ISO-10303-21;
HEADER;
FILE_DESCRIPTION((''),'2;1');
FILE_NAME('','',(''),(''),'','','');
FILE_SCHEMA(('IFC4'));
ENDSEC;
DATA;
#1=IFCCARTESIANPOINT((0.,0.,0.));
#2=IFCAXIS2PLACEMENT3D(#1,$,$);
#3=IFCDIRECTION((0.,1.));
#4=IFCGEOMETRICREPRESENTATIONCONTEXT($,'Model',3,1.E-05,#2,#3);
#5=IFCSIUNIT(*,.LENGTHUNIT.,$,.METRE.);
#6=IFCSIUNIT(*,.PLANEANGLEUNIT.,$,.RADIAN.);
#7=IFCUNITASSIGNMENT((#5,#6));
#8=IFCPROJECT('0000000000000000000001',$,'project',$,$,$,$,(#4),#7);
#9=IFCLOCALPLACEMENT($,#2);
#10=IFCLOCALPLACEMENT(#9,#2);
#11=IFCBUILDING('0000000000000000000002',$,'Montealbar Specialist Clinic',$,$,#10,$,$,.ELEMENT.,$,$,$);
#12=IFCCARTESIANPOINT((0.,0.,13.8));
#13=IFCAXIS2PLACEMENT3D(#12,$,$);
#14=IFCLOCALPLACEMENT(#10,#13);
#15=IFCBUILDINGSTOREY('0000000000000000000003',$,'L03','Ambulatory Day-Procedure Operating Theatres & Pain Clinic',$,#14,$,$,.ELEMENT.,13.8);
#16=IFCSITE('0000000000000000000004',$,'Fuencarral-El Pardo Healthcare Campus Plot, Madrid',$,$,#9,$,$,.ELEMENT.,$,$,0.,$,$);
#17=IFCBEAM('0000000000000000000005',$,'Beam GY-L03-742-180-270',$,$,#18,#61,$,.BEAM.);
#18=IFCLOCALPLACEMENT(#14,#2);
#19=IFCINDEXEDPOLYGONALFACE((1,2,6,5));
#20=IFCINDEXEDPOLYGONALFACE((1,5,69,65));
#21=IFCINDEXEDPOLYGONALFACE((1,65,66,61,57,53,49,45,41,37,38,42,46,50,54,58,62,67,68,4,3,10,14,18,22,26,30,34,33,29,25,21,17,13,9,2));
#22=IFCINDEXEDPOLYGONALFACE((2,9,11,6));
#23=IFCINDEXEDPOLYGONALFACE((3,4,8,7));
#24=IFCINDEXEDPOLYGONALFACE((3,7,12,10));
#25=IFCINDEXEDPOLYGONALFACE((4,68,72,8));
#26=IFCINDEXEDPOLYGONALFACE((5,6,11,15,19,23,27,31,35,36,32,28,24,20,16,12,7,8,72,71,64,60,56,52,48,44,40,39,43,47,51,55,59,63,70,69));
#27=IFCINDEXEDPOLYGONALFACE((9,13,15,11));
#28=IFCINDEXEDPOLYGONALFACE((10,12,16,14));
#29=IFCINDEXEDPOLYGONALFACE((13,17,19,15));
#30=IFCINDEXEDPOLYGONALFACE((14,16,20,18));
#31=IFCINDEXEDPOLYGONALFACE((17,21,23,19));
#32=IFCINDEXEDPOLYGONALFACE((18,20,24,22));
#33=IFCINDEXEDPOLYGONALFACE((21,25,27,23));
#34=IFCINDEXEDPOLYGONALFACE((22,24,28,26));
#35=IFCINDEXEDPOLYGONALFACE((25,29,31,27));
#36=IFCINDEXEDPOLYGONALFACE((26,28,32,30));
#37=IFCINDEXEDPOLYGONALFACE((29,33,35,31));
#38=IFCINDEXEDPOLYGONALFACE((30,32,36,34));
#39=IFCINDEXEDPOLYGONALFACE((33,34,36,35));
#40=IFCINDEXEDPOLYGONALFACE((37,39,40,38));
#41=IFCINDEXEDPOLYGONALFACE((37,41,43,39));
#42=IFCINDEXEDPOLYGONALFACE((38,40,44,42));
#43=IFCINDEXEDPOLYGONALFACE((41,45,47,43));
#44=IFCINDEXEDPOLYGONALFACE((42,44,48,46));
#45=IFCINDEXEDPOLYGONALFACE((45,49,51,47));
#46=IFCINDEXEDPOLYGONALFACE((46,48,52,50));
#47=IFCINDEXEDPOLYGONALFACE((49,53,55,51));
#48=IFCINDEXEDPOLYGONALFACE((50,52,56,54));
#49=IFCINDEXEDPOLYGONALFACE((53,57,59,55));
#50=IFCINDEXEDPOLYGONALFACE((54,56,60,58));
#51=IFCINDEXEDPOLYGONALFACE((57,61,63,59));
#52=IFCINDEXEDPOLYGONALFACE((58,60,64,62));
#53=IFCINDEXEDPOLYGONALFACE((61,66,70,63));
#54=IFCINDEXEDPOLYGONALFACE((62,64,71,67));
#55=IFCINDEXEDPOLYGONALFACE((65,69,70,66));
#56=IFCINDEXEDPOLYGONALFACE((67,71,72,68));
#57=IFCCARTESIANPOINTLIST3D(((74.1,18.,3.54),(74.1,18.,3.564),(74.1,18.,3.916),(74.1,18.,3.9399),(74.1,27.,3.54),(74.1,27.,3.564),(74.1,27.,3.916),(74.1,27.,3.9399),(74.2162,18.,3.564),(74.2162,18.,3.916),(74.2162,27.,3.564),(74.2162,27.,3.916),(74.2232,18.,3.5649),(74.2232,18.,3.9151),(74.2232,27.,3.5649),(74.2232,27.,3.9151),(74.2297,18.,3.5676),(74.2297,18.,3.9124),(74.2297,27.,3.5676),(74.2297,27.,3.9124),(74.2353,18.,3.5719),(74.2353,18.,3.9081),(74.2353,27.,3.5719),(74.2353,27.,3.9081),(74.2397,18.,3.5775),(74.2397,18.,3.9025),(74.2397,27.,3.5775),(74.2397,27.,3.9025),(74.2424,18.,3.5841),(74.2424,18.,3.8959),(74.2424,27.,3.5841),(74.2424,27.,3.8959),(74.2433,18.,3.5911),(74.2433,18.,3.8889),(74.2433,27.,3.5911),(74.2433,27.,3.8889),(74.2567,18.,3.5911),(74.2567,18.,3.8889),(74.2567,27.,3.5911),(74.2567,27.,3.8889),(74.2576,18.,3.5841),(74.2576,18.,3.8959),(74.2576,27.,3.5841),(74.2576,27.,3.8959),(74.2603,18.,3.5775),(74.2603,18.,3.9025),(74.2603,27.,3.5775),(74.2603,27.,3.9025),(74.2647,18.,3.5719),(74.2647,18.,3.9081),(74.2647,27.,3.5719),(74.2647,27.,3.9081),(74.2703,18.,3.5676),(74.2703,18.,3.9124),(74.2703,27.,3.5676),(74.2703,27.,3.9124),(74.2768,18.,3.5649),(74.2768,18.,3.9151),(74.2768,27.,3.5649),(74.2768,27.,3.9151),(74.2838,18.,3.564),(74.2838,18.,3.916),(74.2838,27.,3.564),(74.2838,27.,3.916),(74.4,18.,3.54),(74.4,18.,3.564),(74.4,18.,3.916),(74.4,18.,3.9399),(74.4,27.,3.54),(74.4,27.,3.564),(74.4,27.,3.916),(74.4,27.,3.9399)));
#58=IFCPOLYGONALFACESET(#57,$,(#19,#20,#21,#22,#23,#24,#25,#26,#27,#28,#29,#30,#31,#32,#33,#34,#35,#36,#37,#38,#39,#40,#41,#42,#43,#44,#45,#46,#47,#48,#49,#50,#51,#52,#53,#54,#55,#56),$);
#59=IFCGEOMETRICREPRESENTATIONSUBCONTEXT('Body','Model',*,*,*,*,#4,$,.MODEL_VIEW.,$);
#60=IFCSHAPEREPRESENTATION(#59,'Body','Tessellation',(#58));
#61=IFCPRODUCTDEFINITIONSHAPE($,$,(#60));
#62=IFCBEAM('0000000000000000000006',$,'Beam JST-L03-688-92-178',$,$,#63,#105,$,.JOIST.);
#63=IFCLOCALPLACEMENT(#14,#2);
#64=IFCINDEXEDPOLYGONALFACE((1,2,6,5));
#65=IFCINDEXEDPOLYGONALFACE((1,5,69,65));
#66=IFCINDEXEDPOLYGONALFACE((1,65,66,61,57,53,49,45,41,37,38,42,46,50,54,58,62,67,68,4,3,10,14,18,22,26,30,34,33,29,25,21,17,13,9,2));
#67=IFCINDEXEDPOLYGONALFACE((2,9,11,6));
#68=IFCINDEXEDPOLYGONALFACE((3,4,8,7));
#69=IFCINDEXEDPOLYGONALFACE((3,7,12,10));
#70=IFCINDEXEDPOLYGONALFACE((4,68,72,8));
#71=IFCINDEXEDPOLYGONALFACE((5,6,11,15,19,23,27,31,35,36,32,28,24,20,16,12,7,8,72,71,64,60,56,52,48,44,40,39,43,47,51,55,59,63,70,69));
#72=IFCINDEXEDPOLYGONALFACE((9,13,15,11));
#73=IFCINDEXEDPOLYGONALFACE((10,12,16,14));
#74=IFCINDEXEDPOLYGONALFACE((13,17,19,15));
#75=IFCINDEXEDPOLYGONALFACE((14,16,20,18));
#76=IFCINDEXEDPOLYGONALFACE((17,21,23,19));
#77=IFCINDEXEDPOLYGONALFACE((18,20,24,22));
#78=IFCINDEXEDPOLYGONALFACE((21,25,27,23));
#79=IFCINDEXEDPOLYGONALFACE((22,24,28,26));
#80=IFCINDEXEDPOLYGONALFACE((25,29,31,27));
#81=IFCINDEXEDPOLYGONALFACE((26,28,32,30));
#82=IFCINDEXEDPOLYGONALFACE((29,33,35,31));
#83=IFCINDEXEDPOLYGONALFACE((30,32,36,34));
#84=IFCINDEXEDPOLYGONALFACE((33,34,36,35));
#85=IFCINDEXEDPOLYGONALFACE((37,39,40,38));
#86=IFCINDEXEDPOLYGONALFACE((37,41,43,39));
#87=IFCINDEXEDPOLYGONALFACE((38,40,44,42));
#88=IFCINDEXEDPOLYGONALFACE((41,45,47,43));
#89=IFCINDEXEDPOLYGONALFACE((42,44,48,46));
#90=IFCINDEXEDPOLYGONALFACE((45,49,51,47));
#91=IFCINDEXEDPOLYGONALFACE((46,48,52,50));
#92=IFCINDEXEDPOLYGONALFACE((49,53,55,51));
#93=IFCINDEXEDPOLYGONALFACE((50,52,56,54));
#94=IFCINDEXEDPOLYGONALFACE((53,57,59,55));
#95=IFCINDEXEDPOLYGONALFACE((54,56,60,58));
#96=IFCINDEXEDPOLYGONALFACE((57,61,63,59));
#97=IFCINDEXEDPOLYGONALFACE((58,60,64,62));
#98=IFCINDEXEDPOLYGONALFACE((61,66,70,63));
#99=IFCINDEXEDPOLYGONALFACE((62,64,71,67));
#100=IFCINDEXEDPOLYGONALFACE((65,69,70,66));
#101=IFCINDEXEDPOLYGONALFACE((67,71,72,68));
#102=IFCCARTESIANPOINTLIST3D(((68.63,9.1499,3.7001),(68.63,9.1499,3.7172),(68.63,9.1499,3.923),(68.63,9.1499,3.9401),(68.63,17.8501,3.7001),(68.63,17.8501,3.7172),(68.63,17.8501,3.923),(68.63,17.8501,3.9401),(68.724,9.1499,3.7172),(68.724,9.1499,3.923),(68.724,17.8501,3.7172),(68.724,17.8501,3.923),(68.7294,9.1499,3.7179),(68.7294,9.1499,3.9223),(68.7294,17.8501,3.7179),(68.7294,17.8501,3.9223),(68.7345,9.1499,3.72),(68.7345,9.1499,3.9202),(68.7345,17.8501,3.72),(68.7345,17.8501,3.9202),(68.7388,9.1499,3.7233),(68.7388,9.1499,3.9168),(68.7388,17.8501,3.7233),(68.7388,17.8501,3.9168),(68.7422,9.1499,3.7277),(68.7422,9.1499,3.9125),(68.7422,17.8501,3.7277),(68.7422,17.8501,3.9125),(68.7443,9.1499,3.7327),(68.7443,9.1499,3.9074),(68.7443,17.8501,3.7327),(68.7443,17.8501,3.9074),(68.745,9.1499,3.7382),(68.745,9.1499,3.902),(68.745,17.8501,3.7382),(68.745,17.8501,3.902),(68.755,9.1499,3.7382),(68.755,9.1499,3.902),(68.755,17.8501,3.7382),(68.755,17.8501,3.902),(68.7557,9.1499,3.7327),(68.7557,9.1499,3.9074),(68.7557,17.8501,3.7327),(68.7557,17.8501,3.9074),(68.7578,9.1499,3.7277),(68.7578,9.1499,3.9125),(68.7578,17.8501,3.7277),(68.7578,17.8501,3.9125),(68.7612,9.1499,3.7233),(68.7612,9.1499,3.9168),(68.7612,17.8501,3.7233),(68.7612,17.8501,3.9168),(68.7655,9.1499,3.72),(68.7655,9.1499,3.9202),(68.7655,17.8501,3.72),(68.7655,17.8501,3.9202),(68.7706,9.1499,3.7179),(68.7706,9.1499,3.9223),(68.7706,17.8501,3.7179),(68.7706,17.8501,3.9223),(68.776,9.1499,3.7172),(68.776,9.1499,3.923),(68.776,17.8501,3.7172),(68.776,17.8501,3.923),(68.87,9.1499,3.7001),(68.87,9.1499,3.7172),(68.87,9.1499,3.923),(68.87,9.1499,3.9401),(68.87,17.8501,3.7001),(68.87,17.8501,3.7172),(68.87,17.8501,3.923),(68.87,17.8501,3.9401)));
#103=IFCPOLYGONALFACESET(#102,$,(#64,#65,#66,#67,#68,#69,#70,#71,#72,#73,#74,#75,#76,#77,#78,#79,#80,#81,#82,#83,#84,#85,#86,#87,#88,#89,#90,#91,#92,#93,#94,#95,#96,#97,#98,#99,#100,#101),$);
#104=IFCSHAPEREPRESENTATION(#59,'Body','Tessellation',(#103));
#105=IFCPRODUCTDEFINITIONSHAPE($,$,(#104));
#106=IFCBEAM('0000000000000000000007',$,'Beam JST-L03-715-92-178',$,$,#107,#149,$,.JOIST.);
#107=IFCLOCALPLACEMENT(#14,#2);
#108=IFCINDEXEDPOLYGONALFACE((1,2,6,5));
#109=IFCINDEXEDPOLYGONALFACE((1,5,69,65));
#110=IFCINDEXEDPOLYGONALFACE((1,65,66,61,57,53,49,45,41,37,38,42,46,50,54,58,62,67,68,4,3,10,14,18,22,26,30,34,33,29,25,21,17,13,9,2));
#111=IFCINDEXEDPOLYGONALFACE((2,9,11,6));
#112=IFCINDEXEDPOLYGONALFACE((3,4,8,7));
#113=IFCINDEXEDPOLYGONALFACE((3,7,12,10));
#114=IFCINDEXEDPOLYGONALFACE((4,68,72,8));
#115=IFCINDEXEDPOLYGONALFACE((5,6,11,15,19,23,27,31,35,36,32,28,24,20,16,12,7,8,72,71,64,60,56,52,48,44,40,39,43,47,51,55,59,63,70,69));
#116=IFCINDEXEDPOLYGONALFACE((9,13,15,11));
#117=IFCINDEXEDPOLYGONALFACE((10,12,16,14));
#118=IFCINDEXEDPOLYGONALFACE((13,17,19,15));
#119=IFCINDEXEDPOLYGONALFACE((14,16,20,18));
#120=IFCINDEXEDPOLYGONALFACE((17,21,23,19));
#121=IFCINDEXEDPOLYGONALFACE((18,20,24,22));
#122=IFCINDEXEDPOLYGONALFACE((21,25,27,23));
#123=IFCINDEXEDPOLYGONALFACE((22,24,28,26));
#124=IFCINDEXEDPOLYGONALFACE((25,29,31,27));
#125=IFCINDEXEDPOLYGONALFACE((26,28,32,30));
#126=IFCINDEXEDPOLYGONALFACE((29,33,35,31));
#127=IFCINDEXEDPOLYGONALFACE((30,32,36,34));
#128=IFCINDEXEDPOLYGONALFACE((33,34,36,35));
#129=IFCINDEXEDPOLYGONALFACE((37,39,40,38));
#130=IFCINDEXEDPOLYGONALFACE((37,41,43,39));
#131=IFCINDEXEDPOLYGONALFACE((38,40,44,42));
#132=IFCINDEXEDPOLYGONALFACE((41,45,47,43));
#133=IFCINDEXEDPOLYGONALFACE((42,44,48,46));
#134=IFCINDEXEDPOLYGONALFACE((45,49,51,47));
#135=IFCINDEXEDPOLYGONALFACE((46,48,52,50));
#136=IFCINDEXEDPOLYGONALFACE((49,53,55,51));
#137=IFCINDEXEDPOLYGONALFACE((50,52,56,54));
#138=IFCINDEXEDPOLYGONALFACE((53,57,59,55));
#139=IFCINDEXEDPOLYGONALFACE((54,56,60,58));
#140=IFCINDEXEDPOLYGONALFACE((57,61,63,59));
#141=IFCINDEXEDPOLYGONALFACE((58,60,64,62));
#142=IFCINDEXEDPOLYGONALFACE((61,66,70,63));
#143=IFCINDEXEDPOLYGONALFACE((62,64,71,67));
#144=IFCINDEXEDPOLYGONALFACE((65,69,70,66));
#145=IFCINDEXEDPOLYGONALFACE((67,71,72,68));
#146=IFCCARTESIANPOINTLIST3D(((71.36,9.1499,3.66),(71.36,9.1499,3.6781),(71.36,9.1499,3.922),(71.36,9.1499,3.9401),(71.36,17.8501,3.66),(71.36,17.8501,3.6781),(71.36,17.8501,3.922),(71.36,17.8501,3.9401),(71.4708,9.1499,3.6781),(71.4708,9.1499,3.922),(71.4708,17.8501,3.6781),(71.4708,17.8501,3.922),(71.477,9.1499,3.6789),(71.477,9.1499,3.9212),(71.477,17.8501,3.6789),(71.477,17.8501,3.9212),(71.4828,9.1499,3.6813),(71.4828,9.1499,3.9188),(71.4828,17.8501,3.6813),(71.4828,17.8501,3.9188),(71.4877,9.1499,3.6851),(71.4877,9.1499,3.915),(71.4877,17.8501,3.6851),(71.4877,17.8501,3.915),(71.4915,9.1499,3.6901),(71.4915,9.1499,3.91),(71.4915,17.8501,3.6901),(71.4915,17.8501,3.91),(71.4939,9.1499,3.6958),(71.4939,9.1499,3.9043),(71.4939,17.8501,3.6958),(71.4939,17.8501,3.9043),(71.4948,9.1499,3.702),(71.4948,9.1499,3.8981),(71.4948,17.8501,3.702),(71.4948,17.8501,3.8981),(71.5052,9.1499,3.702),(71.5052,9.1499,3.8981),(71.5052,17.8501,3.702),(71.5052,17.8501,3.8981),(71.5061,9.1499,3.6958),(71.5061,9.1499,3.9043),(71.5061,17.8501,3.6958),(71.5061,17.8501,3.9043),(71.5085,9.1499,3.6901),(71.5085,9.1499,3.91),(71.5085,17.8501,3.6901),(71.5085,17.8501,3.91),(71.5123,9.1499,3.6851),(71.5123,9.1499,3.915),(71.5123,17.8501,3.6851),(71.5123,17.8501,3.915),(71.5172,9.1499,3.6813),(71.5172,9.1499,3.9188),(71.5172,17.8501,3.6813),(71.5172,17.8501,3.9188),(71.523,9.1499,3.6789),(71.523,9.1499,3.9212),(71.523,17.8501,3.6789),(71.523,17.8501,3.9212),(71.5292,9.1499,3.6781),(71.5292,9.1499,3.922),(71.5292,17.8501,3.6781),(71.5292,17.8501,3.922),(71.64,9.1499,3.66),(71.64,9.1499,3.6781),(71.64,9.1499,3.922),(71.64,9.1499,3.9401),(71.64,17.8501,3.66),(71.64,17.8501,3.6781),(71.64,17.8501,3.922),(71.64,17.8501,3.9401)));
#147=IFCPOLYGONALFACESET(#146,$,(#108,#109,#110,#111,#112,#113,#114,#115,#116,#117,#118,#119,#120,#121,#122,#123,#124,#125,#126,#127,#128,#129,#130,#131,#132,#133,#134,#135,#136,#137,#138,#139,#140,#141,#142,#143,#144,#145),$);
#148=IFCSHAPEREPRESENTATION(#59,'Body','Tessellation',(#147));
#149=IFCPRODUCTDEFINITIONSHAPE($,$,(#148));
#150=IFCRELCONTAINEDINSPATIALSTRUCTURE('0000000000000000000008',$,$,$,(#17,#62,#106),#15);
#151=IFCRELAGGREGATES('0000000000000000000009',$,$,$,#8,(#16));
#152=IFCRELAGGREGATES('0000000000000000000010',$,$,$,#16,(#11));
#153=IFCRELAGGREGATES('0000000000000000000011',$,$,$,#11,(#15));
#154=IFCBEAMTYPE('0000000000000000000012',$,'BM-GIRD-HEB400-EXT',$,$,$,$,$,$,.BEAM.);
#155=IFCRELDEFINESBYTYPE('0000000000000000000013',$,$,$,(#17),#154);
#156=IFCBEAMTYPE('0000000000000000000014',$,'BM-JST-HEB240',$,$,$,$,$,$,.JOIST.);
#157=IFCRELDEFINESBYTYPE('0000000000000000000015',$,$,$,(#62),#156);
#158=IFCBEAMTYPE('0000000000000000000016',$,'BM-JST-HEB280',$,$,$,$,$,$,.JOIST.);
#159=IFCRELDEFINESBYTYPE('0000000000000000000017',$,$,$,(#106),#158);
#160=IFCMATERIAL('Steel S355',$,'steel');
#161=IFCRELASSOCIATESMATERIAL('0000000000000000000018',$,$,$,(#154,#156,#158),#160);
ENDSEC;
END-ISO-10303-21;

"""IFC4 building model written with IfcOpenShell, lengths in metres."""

from ifc_helpers import new_model, si_unit, direction, frame, origin, origin_2d, place, context, subcontext, project, spatial, i_section, extrude, material, material_profile, profile_set, type_object, element, save


model = new_model("IFC4")

# Units and contexts
model_context = context("Model", 3, precision=1e-05, world=origin(), true_north=direction((0.0, 1.0)))
body_context = subcontext(model_context, "Body", "Model", "MODEL_VIEW")
ifc_project = project(units=[si_unit("LENGTHUNIT", "METRE"), si_unit("PLANEANGLEUNIT", "RADIAN")], contexts=[model_context])

# Site, building, storey
site_placement = place(None, origin())
site = spatial("IfcSite", under=ifc_project, at=site_placement, Name="Fuencarral-El Pardo Healthcare Campus Plot, Madrid", CompositionType="ELEMENT", RefElevation=0.0)
building_placement = place(site_placement, origin())
building = spatial("IfcBuilding", under=site, at=building_placement, Name="Montealbar Specialist Clinic", CompositionType="ELEMENT")
storey_placement = place(building_placement, frame((0.0, 0.0, 13.8)))
storey = spatial("IfcBuildingStorey", under=building, at=storey_placement, Name="L03", Description="Ambulatory Day-Procedure Operating Theatres & Pain Clinic", CompositionType="ELEMENT", Elevation=13.8)

# Shared definitions
ifc_material_1 = material(Name="Steel S355", Category="steel")

# Beams
ifc_material_profile_1 = material_profile(ifc_material_1, i_section(OverallWidth=0.3, OverallDepth=0.3999, WebThickness=0.0134, FlangeThickness=0.0239, FilletRadius=0.0271, at=origin_2d()), Name="HEB 400", Category="steel")
ifc_profile_set_1 = profile_set([ifc_material_profile_1], Name="Steel S355")
beam_type_1 = type_object("IfcBeamType", Name="BM-GIRD-HEB400-EXT", PredefinedType="BEAM", material=ifc_profile_set_1)
beam_1_placement = place(storey_placement, frame((74.25, 18.0, 3.74), z_axis=(0.0, 1.0, 0.0), x_axis=(-1.0, 0.0, 0.0)))
element("IfcBeam", 1, at=beam_1_placement, inside=storey, type_object=beam_type_1, Name="Beam GY-L03-742-180-270", PredefinedType="BEAM", context=body_context, shape_type="SweptSolid", body=[
    extrude(i_section(OverallWidth=0.3, OverallDepth=0.3999, WebThickness=0.0134, FlangeThickness=0.0239, FilletRadius=0.0271, at=origin_2d()), origin(), (0.0, 0.0, 1.0), 9.0),
])
ifc_material_profile_2 = material_profile(ifc_material_1, i_section(OverallWidth=0.24, OverallDepth=0.24, WebThickness=0.01, FlangeThickness=0.0171, FilletRadius=0.021, at=origin_2d()), Name="HEB 240", Category="steel")
ifc_profile_set_2 = profile_set([ifc_material_profile_2], Name="Steel S355")
beam_type_2 = type_object("IfcBeamType", Name="BM-JST-HEB240", PredefinedType="JOIST", material=ifc_profile_set_2)
beam_2_placement = place(storey_placement, frame((68.75, 9.1499, 3.8201), z_axis=(0.0, 1.0, 0.0), x_axis=(-1.0, 0.0, 0.0)))
element("IfcBeam", 2, at=beam_2_placement, inside=storey, type_object=beam_type_2, Name="Beam JST-L03-688-92-178", PredefinedType="JOIST", context=body_context, shape_type="SweptSolid", body=[
    extrude(i_section(OverallWidth=0.24, OverallDepth=0.24, WebThickness=0.01, FlangeThickness=0.0171, FilletRadius=0.021, at=origin_2d()), origin(), (0.0, 0.0, 1.0), 8.7002),
])
ifc_material_profile_3 = material_profile(ifc_material_1, i_section(OverallWidth=0.28, OverallDepth=0.28, WebThickness=0.0105, FlangeThickness=0.0181, FilletRadius=0.0239, at=origin_2d()), Name="HEB 280", Category="steel")
ifc_profile_set_3 = profile_set([ifc_material_profile_3], Name="Steel S355")
beam_type_3 = type_object("IfcBeamType", Name="BM-JST-HEB280", PredefinedType="JOIST", material=ifc_profile_set_3)
beam_3_placement = place(storey_placement, frame((71.5, 9.1499, 3.8), z_axis=(0.0, 1.0, 0.0), x_axis=(-1.0, 0.0, 0.0)))
element("IfcBeam", 3, at=beam_3_placement, inside=storey, type_object=beam_type_3, Name="Beam JST-L03-715-92-178", PredefinedType="JOIST", context=body_context, shape_type="SweptSolid", body=[
    extrude(i_section(OverallWidth=0.28, OverallDepth=0.28, WebThickness=0.0105, FlangeThickness=0.0181, FilletRadius=0.0239, at=origin_2d()), origin(), (0.0, 0.0, 1.0), 8.7002),
])

save(model, "model.ifc")
